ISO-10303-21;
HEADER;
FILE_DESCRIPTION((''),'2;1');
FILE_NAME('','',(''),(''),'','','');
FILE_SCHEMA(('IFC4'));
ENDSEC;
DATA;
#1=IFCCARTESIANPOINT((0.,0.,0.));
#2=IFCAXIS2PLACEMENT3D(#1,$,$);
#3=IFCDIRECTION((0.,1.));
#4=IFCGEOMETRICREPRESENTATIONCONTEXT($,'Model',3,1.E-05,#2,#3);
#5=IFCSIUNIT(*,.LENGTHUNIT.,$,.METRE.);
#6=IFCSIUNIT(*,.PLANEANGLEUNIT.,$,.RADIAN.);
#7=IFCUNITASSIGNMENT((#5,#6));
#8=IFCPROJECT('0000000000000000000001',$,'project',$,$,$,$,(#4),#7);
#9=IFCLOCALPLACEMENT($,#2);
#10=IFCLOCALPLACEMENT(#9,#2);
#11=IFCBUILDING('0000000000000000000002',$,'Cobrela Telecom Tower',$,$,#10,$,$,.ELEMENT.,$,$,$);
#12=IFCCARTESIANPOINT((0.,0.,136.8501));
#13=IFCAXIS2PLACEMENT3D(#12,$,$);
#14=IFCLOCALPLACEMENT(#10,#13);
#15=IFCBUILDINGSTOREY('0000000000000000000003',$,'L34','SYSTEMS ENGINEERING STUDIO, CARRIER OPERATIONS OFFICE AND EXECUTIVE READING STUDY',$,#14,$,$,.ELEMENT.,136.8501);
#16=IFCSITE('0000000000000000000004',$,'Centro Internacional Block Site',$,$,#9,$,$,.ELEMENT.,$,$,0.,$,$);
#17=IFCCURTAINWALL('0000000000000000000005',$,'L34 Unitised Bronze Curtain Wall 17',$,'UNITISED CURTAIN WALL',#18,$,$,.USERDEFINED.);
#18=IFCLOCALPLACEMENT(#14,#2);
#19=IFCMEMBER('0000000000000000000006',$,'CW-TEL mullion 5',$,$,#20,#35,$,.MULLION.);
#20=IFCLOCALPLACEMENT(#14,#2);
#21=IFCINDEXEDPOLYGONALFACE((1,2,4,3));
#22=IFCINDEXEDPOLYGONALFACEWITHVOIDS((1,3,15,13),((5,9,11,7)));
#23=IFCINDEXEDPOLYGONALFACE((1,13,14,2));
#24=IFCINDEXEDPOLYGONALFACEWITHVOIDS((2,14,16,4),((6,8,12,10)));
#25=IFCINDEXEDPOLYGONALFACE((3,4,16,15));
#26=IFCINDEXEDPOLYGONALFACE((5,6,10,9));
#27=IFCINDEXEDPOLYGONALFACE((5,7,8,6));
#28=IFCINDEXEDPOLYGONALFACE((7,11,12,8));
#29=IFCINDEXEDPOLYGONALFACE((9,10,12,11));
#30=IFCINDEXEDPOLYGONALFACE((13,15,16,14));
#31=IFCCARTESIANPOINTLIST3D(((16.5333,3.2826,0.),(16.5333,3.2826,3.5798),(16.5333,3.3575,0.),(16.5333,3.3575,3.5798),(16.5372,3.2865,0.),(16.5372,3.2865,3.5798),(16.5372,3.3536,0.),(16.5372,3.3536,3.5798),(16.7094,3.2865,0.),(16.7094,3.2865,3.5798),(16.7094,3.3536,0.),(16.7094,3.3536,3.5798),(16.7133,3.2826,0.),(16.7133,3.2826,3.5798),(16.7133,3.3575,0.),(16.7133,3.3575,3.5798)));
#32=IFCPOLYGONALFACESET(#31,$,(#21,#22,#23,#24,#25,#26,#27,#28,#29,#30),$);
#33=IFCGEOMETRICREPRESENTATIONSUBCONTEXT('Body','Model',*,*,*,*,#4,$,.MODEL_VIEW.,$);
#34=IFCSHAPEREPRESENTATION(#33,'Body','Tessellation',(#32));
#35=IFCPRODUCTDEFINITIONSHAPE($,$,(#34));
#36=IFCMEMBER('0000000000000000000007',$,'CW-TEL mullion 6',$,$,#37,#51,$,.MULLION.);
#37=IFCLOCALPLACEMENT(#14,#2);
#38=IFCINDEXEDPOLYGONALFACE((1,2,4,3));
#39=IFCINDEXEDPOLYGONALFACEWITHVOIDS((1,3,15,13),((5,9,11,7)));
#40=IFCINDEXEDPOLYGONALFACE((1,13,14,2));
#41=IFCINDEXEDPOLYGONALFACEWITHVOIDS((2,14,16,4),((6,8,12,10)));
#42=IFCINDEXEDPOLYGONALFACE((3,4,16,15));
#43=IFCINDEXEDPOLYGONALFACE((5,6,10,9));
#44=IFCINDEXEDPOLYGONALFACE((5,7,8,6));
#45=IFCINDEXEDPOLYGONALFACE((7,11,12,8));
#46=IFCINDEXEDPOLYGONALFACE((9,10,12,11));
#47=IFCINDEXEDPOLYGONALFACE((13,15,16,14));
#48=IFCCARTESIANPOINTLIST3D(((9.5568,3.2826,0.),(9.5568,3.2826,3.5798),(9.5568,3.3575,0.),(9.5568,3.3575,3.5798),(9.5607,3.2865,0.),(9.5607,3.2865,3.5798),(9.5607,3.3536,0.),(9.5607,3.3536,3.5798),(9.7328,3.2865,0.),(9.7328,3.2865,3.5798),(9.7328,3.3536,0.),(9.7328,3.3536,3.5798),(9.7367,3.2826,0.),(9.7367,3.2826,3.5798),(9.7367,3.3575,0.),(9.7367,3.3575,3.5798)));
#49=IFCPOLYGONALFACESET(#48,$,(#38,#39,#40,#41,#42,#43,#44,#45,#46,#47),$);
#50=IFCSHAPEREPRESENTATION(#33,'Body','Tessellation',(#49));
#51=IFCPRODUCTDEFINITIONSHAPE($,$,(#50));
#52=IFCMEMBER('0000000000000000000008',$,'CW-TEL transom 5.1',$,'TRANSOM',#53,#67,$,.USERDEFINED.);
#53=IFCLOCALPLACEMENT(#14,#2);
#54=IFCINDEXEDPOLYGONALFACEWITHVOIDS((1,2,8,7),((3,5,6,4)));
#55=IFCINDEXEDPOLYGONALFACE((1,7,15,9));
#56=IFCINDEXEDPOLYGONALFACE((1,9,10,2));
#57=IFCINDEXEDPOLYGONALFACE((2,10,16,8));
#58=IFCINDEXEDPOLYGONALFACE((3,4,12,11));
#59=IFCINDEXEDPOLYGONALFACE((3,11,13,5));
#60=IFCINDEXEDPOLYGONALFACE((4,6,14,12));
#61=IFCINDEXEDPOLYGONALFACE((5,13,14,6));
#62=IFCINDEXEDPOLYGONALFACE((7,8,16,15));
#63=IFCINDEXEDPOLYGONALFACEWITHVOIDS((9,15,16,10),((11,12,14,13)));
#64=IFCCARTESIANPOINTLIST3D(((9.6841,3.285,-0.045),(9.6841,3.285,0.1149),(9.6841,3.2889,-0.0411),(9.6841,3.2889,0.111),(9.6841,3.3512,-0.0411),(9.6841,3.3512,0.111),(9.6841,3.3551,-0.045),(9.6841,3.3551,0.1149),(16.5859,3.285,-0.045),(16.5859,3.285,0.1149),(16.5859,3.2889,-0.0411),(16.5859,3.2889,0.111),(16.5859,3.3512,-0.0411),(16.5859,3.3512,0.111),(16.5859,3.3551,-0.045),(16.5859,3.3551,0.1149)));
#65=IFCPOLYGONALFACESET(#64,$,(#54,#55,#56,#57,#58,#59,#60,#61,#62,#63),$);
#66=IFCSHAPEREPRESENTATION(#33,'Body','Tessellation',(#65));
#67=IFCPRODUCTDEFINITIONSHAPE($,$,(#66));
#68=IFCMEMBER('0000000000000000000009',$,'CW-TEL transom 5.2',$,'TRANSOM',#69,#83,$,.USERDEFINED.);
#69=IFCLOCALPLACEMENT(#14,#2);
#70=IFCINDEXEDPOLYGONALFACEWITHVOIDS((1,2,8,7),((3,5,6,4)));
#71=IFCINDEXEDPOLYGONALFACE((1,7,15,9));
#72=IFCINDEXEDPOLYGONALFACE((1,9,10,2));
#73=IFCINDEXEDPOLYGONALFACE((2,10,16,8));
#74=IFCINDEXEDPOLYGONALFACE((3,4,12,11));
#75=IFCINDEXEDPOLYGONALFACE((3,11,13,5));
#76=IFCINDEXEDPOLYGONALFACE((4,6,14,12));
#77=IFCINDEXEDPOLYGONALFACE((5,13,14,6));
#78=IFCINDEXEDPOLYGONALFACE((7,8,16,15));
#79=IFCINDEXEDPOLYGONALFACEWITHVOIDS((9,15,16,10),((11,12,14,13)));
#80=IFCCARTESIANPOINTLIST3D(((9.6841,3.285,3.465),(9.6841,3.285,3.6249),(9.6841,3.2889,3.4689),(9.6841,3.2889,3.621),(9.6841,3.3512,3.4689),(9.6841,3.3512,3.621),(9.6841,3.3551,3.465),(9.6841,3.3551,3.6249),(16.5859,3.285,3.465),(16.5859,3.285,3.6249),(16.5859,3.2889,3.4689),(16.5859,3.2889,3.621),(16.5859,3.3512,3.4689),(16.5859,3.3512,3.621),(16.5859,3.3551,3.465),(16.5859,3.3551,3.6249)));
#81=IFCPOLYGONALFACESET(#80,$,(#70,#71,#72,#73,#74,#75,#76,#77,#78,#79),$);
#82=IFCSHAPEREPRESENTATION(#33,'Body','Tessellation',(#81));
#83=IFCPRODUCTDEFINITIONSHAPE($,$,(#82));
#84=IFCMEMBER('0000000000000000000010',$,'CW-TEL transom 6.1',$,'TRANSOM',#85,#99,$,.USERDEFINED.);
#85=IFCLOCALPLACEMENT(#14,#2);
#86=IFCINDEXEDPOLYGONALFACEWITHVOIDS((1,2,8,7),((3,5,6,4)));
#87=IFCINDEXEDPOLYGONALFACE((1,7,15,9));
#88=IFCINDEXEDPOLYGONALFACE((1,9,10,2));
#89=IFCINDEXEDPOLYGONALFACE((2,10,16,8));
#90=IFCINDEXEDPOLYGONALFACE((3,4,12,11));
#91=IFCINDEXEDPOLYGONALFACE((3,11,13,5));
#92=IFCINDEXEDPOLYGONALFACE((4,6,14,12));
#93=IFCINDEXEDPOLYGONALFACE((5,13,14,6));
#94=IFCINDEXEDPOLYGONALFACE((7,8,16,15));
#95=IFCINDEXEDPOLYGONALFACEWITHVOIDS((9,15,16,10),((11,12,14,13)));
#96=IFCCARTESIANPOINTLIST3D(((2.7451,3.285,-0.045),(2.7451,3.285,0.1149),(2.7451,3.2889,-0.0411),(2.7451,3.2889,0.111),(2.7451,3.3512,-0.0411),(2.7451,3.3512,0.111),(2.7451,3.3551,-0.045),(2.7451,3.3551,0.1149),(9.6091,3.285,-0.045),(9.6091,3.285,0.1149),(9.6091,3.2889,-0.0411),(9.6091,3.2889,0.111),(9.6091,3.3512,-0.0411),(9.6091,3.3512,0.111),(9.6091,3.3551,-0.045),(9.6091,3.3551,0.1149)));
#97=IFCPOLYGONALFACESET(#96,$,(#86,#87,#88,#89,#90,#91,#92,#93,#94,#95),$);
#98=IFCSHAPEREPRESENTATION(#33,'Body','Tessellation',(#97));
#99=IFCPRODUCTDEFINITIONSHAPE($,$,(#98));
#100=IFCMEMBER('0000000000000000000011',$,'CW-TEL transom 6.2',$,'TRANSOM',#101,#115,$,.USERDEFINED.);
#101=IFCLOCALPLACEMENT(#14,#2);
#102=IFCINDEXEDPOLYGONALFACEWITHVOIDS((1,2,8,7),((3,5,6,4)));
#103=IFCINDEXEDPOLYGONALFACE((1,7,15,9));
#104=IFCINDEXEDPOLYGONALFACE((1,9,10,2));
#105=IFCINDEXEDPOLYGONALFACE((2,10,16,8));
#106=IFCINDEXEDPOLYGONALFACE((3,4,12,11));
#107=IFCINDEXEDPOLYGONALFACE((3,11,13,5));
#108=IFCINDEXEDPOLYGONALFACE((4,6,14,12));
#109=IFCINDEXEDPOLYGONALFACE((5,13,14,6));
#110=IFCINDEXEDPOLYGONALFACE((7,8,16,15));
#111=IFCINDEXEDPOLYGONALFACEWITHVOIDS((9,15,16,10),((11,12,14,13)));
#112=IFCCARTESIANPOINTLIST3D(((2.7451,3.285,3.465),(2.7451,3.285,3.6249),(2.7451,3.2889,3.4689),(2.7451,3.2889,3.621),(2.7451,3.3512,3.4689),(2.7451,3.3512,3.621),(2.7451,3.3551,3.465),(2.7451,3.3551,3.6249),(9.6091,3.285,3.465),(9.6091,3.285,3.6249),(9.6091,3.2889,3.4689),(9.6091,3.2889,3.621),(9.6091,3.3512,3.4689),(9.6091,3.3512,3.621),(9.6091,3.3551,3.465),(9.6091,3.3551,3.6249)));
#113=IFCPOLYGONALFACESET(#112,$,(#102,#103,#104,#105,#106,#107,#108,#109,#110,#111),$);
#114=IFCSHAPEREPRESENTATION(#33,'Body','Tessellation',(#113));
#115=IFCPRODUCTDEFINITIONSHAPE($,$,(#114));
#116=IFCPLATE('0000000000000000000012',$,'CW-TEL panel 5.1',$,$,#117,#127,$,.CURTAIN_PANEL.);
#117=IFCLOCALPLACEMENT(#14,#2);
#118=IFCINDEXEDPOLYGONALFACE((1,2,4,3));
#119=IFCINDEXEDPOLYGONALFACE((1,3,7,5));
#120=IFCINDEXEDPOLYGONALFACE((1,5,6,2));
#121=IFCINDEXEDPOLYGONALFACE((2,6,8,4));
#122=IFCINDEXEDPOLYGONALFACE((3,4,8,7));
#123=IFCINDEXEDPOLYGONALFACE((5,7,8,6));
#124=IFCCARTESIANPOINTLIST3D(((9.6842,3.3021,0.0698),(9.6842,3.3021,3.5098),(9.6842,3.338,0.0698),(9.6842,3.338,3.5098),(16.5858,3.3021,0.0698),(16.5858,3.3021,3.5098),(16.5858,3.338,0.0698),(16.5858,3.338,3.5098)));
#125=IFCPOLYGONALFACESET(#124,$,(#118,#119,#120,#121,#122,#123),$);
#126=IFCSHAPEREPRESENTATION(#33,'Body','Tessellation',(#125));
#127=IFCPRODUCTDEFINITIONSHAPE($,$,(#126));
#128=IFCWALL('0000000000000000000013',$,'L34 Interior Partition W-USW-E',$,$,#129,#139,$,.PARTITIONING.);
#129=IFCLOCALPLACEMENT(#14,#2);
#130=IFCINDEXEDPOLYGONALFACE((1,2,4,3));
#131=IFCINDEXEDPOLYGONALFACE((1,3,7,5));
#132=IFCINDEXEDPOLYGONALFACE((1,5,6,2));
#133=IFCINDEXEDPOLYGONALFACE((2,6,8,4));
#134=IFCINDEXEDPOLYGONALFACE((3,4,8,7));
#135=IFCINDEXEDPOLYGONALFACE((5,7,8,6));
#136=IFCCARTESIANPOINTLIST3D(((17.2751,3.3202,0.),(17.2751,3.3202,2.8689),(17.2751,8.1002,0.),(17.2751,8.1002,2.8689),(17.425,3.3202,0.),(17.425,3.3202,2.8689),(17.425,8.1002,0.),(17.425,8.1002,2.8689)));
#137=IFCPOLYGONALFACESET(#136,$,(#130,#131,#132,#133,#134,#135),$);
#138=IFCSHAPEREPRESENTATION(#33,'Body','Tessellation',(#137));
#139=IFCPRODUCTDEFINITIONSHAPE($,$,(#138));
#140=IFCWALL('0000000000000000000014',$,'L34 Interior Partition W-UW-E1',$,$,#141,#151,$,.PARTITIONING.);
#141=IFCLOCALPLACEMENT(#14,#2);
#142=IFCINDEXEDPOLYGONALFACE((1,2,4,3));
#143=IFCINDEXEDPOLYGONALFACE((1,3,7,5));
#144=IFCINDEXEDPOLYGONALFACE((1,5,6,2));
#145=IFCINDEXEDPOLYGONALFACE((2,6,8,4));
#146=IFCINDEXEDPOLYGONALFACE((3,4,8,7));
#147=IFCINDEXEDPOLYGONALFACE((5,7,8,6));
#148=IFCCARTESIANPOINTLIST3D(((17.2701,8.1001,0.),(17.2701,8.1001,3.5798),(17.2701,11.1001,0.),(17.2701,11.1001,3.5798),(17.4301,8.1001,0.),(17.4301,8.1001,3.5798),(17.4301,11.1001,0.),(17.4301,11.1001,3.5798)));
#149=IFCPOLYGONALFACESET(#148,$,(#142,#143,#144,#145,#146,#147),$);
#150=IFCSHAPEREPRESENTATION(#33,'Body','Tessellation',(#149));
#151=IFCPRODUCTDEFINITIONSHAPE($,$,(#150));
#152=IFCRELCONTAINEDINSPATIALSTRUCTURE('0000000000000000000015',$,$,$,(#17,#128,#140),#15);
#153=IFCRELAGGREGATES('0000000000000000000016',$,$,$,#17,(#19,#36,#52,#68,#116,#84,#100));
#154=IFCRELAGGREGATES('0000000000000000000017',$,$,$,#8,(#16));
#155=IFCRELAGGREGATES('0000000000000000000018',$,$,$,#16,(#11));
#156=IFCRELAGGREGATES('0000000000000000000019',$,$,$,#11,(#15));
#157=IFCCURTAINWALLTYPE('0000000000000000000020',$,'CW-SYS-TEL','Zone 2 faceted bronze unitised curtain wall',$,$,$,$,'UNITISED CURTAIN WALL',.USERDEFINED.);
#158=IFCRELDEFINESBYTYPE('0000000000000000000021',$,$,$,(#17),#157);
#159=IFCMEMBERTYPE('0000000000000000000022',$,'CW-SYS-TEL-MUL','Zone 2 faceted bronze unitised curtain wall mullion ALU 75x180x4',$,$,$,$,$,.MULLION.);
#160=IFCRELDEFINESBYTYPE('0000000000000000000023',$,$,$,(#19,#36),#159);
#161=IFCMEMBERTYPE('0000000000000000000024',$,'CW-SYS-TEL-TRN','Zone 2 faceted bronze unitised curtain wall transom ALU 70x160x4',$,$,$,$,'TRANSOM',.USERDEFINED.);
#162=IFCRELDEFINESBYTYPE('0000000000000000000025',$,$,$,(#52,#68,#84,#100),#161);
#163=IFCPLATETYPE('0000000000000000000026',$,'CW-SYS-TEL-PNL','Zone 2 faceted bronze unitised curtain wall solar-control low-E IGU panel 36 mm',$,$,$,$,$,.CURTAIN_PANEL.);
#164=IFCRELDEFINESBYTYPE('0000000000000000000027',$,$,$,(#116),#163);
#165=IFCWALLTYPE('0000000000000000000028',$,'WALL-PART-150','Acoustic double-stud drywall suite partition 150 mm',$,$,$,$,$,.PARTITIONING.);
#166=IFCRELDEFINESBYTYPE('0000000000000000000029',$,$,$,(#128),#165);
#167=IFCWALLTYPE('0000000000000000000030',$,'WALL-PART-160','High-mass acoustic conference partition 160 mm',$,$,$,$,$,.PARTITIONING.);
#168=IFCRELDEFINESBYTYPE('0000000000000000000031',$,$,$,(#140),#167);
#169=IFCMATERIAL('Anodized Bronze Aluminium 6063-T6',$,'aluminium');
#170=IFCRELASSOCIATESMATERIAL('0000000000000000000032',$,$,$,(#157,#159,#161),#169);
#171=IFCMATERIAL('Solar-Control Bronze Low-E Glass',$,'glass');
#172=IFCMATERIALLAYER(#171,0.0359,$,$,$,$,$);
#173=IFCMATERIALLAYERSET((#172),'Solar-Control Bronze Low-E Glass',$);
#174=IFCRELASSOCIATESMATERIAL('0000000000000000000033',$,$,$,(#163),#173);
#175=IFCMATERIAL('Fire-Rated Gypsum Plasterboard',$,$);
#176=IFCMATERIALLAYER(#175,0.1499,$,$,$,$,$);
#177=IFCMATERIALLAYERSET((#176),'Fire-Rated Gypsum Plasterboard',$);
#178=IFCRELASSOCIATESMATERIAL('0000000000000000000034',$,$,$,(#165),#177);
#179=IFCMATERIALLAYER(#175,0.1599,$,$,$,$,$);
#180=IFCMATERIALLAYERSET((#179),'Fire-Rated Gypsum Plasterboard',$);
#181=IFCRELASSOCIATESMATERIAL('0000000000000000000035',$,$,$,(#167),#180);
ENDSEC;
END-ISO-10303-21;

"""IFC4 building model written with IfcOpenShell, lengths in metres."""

from ifc_helpers import new_model, si_unit, direction, frame, frame_2d, origin, origin_2d, place, context, subcontext, project, spatial, rectangle, hollow_rectangle, extrude, material, layer, layer_set, material_profile, profile_set, type_object, element, aggregate, save


model = new_model("IFC4")

# Units and contexts
model_context = context("Model", 3, precision=1e-05, world=origin(), true_north=direction((0.0, 1.0)))
body_context = subcontext(model_context, "Body", "Model", "MODEL_VIEW")
ifc_project = project(units=[si_unit("LENGTHUNIT", "METRE"), si_unit("PLANEANGLEUNIT", "RADIAN")], contexts=[model_context])

# Site, building, storey
site_placement = place(None, origin())
site = spatial("IfcSite", under=ifc_project, at=site_placement, Name="Centro Internacional Block Site", CompositionType="ELEMENT", RefElevation=0.0)
building_placement = place(site_placement, origin())
building = spatial("IfcBuilding", under=site, at=building_placement, Name="Cobrela Telecom Tower", CompositionType="ELEMENT")
storey_placement = place(building_placement, frame((0.0, 0.0, 136.8501)))
storey = spatial("IfcBuildingStorey", under=building, at=storey_placement, Name="L34", Description="SYSTEMS ENGINEERING STUDIO, CARRIER OPERATIONS OFFICE AND EXECUTIVE READING STUDY", CompositionType="ELEMENT", Elevation=136.8501)

# Curtain wall, members, plate
ifc_material_1 = material(Name="Anodized Bronze Aluminium 6063-T6", Category="aluminium")
curtain_wall_type = type_object("IfcCurtainWallType", Name="CW-SYS-TEL", Description="Zone 2 faceted bronze unitised curtain wall", ElementType="UNITISED CURTAIN WALL", PredefinedType="USERDEFINED", material=ifc_material_1)
curtain_wall_placement = place(storey_placement, origin())
curtain_wall = element("IfcCurtainWall", 1, at=curtain_wall_placement, inside=storey, type_object=curtain_wall_type, Name="L34 Unitised Bronze Curtain Wall 17", ObjectType="UNITISED CURTAIN WALL", PredefinedType="USERDEFINED")
ifc_material_profile_1 = material_profile(ifc_material_1, hollow_rectangle(XDim=0.075, YDim=0.1799, WallThickness=0.0039, at=origin_2d()), Name="ALU 75x180x4")
ifc_profile_set_1 = profile_set([ifc_material_profile_1], Name="Anodized Bronze Aluminium 6063-T6")
member_type_1 = type_object("IfcMemberType", Name="CW-SYS-TEL-MUL", Description="Zone 2 faceted bronze unitised curtain wall mullion ALU 75x180x4", PredefinedType="MULLION", material=ifc_profile_set_1)
member_1_placement = place(storey_placement, frame((16.6233, 3.3201, 0.0), z_axis=(0.0, 0.0, 1.0), x_axis=(0.0, -1.0, 0.0)))
member_1 = element("IfcMember", 2, at=member_1_placement, type_object=member_type_1, Name="CW-TEL mullion 5", PredefinedType="MULLION", context=body_context, shape_type="SweptSolid", body=[
    extrude(hollow_rectangle(XDim=0.075, YDim=0.1799, WallThickness=0.0039, at=origin_2d()), origin(), (0.0, 0.0, 1.0), 3.5798),
])
member_2_placement = place(storey_placement, frame((9.6467, 3.3201, 0.0), z_axis=(0.0, 0.0, 1.0), x_axis=(0.0, -1.0, 0.0)))
member_2 = element("IfcMember", 3, at=member_2_placement, type_object=member_type_1, Name="CW-TEL mullion 6", PredefinedType="MULLION", context=body_context, shape_type="SweptSolid", body=[
    extrude(hollow_rectangle(XDim=0.075, YDim=0.1799, WallThickness=0.0039, at=origin_2d()), origin(), (0.0, 0.0, 1.0), 3.5798),
])
ifc_material_profile_2 = material_profile(ifc_material_1, hollow_rectangle(XDim=0.0701, YDim=0.1599, WallThickness=0.0039, at=origin_2d()), Name="ALU 70x160x4")
ifc_profile_set_2 = profile_set([ifc_material_profile_2], Name="Anodized Bronze Aluminium 6063-T6")
member_type_2 = type_object("IfcMemberType", Name="CW-SYS-TEL-TRN", Description="Zone 2 faceted bronze unitised curtain wall transom ALU 70x160x4", ElementType="TRANSOM", PredefinedType="USERDEFINED", material=ifc_profile_set_2)
member_3_placement = place(storey_placement, frame((16.5859, 3.3201, 0.0349), z_axis=(-1.0, 0.0, 0.0), x_axis=(0.0, -1.0, 0.0)))
member_3 = element("IfcMember", 4, at=member_3_placement, type_object=member_type_2, Name="CW-TEL transom 5.1", ObjectType="TRANSOM", PredefinedType="USERDEFINED", context=body_context, shape_type="SweptSolid", body=[
    extrude(hollow_rectangle(XDim=0.0701, YDim=0.1599, WallThickness=0.0039, at=origin_2d()), origin(), (0.0, 0.0, 1.0), 6.9019),
])
member_4_placement = place(storey_placement, frame((16.5859, 3.3201, 3.5449), z_axis=(-1.0, 0.0, 0.0), x_axis=(0.0, -1.0, 0.0)))
member_4 = element("IfcMember", 5, at=member_4_placement, type_object=member_type_2, Name="CW-TEL transom 5.2", ObjectType="TRANSOM", PredefinedType="USERDEFINED", context=body_context, shape_type="SweptSolid", body=[
    extrude(hollow_rectangle(XDim=0.0701, YDim=0.1599, WallThickness=0.0039, at=origin_2d()), origin(), (0.0, 0.0, 1.0), 6.9019),
])
member_5_placement = place(storey_placement, frame((9.6091, 3.3201, 0.0349), z_axis=(-1.0, 0.0, 0.0), x_axis=(0.0, -1.0, 0.0)))
member_5 = element("IfcMember", 6, at=member_5_placement, type_object=member_type_2, Name="CW-TEL transom 6.1", ObjectType="TRANSOM", PredefinedType="USERDEFINED", context=body_context, shape_type="SweptSolid", body=[
    extrude(hollow_rectangle(XDim=0.0701, YDim=0.1599, WallThickness=0.0039, at=origin_2d()), origin(), (0.0, 0.0, 1.0), 6.864),
])
member_6_placement = place(storey_placement, frame((9.6091, 3.3201, 3.5449), z_axis=(-1.0, 0.0, 0.0), x_axis=(0.0, -1.0, 0.0)))
member_6 = element("IfcMember", 7, at=member_6_placement, type_object=member_type_2, Name="CW-TEL transom 6.2", ObjectType="TRANSOM", PredefinedType="USERDEFINED", context=body_context, shape_type="SweptSolid", body=[
    extrude(hollow_rectangle(XDim=0.0701, YDim=0.1599, WallThickness=0.0039, at=origin_2d()), origin(), (0.0, 0.0, 1.0), 6.864),
])
ifc_material_2 = material(Name="Solar-Control Bronze Low-E Glass", Category="glass")
ifc_layer_1 = layer(ifc_material_2, 0.0359)
ifc_layer_set_1 = layer_set([ifc_layer_1], Name="Solar-Control Bronze Low-E Glass")
plate_type = type_object("IfcPlateType", Name="CW-SYS-TEL-PNL", Description="Zone 2 faceted bronze unitised curtain wall solar-control low-E IGU panel 36 mm", PredefinedType="CURTAIN_PANEL", material=ifc_layer_set_1)
plate_placement = place(storey_placement, frame((13.135, 3.3201, 0.0698), z_axis=(0.0, 0.0, 1.0), x_axis=(-1.0, 0.0, 0.0)))
plate = element("IfcPlate", 8, at=plate_placement, type_object=plate_type, Name="CW-TEL panel 5.1", PredefinedType="CURTAIN_PANEL", context=body_context, shape_type="SweptSolid", body=[
    extrude(rectangle(XDim=6.9016, YDim=0.0359, at=origin_2d()), origin(), (0.0, 0.0, 1.0), 3.4399),
])
aggregate(curtain_wall, [member_1, member_2, member_3, member_4, plate, member_5, member_6])

# Shared definitions
ifc_material_3 = material(Name="Fire-Rated Gypsum Plasterboard")

# Walls
ifc_layer_2 = layer(ifc_material_3, 0.1499)
ifc_layer_set_2 = layer_set([ifc_layer_2], Name="Fire-Rated Gypsum Plasterboard")
wall_type_1 = type_object("IfcWallType", Name="WALL-PART-150", Description="Acoustic double-stud drywall suite partition 150 mm", PredefinedType="PARTITIONING", material=ifc_layer_set_2)
wall_1_placement = place(storey_placement, frame((17.3501, 3.3201, 0.0), z_axis=(0.0, 0.0, 1.0), x_axis=(0.0, 1.0, 0.0)))
element("IfcWall", 9, at=wall_1_placement, inside=storey, type_object=wall_type_1, Name="L34 Interior Partition W-USW-E", PredefinedType="PARTITIONING", context=body_context, shape_type="SweptSolid", body=[
    extrude(rectangle(XDim=4.78, YDim=0.1499, at=frame_2d((2.3901, 0.0))), origin(), (0.0, 0.0, 1.0), 2.8689),
])
ifc_layer_3 = layer(ifc_material_3, 0.1599)
ifc_layer_set_3 = layer_set([ifc_layer_3], Name="Fire-Rated Gypsum Plasterboard")
wall_type_2 = type_object("IfcWallType", Name="WALL-PART-160", Description="High-mass acoustic conference partition 160 mm", PredefinedType="PARTITIONING", material=ifc_layer_set_3)
wall_2_placement = place(storey_placement, frame((17.3501, 8.1001, 0.0), z_axis=(0.0, 0.0, 1.0), x_axis=(0.0, 1.0, 0.0)))
element("IfcWall", 10, at=wall_2_placement, inside=storey, type_object=wall_type_2, Name="L34 Interior Partition W-UW-E1", PredefinedType="PARTITIONING", context=body_context, shape_type="SweptSolid", body=[
    extrude(rectangle(XDim=3.0, YDim=0.1599, at=frame_2d((1.5, 0.0))), origin(), (0.0, 0.0, 1.0), 3.5798),
])

save(model, "model.ifc")
